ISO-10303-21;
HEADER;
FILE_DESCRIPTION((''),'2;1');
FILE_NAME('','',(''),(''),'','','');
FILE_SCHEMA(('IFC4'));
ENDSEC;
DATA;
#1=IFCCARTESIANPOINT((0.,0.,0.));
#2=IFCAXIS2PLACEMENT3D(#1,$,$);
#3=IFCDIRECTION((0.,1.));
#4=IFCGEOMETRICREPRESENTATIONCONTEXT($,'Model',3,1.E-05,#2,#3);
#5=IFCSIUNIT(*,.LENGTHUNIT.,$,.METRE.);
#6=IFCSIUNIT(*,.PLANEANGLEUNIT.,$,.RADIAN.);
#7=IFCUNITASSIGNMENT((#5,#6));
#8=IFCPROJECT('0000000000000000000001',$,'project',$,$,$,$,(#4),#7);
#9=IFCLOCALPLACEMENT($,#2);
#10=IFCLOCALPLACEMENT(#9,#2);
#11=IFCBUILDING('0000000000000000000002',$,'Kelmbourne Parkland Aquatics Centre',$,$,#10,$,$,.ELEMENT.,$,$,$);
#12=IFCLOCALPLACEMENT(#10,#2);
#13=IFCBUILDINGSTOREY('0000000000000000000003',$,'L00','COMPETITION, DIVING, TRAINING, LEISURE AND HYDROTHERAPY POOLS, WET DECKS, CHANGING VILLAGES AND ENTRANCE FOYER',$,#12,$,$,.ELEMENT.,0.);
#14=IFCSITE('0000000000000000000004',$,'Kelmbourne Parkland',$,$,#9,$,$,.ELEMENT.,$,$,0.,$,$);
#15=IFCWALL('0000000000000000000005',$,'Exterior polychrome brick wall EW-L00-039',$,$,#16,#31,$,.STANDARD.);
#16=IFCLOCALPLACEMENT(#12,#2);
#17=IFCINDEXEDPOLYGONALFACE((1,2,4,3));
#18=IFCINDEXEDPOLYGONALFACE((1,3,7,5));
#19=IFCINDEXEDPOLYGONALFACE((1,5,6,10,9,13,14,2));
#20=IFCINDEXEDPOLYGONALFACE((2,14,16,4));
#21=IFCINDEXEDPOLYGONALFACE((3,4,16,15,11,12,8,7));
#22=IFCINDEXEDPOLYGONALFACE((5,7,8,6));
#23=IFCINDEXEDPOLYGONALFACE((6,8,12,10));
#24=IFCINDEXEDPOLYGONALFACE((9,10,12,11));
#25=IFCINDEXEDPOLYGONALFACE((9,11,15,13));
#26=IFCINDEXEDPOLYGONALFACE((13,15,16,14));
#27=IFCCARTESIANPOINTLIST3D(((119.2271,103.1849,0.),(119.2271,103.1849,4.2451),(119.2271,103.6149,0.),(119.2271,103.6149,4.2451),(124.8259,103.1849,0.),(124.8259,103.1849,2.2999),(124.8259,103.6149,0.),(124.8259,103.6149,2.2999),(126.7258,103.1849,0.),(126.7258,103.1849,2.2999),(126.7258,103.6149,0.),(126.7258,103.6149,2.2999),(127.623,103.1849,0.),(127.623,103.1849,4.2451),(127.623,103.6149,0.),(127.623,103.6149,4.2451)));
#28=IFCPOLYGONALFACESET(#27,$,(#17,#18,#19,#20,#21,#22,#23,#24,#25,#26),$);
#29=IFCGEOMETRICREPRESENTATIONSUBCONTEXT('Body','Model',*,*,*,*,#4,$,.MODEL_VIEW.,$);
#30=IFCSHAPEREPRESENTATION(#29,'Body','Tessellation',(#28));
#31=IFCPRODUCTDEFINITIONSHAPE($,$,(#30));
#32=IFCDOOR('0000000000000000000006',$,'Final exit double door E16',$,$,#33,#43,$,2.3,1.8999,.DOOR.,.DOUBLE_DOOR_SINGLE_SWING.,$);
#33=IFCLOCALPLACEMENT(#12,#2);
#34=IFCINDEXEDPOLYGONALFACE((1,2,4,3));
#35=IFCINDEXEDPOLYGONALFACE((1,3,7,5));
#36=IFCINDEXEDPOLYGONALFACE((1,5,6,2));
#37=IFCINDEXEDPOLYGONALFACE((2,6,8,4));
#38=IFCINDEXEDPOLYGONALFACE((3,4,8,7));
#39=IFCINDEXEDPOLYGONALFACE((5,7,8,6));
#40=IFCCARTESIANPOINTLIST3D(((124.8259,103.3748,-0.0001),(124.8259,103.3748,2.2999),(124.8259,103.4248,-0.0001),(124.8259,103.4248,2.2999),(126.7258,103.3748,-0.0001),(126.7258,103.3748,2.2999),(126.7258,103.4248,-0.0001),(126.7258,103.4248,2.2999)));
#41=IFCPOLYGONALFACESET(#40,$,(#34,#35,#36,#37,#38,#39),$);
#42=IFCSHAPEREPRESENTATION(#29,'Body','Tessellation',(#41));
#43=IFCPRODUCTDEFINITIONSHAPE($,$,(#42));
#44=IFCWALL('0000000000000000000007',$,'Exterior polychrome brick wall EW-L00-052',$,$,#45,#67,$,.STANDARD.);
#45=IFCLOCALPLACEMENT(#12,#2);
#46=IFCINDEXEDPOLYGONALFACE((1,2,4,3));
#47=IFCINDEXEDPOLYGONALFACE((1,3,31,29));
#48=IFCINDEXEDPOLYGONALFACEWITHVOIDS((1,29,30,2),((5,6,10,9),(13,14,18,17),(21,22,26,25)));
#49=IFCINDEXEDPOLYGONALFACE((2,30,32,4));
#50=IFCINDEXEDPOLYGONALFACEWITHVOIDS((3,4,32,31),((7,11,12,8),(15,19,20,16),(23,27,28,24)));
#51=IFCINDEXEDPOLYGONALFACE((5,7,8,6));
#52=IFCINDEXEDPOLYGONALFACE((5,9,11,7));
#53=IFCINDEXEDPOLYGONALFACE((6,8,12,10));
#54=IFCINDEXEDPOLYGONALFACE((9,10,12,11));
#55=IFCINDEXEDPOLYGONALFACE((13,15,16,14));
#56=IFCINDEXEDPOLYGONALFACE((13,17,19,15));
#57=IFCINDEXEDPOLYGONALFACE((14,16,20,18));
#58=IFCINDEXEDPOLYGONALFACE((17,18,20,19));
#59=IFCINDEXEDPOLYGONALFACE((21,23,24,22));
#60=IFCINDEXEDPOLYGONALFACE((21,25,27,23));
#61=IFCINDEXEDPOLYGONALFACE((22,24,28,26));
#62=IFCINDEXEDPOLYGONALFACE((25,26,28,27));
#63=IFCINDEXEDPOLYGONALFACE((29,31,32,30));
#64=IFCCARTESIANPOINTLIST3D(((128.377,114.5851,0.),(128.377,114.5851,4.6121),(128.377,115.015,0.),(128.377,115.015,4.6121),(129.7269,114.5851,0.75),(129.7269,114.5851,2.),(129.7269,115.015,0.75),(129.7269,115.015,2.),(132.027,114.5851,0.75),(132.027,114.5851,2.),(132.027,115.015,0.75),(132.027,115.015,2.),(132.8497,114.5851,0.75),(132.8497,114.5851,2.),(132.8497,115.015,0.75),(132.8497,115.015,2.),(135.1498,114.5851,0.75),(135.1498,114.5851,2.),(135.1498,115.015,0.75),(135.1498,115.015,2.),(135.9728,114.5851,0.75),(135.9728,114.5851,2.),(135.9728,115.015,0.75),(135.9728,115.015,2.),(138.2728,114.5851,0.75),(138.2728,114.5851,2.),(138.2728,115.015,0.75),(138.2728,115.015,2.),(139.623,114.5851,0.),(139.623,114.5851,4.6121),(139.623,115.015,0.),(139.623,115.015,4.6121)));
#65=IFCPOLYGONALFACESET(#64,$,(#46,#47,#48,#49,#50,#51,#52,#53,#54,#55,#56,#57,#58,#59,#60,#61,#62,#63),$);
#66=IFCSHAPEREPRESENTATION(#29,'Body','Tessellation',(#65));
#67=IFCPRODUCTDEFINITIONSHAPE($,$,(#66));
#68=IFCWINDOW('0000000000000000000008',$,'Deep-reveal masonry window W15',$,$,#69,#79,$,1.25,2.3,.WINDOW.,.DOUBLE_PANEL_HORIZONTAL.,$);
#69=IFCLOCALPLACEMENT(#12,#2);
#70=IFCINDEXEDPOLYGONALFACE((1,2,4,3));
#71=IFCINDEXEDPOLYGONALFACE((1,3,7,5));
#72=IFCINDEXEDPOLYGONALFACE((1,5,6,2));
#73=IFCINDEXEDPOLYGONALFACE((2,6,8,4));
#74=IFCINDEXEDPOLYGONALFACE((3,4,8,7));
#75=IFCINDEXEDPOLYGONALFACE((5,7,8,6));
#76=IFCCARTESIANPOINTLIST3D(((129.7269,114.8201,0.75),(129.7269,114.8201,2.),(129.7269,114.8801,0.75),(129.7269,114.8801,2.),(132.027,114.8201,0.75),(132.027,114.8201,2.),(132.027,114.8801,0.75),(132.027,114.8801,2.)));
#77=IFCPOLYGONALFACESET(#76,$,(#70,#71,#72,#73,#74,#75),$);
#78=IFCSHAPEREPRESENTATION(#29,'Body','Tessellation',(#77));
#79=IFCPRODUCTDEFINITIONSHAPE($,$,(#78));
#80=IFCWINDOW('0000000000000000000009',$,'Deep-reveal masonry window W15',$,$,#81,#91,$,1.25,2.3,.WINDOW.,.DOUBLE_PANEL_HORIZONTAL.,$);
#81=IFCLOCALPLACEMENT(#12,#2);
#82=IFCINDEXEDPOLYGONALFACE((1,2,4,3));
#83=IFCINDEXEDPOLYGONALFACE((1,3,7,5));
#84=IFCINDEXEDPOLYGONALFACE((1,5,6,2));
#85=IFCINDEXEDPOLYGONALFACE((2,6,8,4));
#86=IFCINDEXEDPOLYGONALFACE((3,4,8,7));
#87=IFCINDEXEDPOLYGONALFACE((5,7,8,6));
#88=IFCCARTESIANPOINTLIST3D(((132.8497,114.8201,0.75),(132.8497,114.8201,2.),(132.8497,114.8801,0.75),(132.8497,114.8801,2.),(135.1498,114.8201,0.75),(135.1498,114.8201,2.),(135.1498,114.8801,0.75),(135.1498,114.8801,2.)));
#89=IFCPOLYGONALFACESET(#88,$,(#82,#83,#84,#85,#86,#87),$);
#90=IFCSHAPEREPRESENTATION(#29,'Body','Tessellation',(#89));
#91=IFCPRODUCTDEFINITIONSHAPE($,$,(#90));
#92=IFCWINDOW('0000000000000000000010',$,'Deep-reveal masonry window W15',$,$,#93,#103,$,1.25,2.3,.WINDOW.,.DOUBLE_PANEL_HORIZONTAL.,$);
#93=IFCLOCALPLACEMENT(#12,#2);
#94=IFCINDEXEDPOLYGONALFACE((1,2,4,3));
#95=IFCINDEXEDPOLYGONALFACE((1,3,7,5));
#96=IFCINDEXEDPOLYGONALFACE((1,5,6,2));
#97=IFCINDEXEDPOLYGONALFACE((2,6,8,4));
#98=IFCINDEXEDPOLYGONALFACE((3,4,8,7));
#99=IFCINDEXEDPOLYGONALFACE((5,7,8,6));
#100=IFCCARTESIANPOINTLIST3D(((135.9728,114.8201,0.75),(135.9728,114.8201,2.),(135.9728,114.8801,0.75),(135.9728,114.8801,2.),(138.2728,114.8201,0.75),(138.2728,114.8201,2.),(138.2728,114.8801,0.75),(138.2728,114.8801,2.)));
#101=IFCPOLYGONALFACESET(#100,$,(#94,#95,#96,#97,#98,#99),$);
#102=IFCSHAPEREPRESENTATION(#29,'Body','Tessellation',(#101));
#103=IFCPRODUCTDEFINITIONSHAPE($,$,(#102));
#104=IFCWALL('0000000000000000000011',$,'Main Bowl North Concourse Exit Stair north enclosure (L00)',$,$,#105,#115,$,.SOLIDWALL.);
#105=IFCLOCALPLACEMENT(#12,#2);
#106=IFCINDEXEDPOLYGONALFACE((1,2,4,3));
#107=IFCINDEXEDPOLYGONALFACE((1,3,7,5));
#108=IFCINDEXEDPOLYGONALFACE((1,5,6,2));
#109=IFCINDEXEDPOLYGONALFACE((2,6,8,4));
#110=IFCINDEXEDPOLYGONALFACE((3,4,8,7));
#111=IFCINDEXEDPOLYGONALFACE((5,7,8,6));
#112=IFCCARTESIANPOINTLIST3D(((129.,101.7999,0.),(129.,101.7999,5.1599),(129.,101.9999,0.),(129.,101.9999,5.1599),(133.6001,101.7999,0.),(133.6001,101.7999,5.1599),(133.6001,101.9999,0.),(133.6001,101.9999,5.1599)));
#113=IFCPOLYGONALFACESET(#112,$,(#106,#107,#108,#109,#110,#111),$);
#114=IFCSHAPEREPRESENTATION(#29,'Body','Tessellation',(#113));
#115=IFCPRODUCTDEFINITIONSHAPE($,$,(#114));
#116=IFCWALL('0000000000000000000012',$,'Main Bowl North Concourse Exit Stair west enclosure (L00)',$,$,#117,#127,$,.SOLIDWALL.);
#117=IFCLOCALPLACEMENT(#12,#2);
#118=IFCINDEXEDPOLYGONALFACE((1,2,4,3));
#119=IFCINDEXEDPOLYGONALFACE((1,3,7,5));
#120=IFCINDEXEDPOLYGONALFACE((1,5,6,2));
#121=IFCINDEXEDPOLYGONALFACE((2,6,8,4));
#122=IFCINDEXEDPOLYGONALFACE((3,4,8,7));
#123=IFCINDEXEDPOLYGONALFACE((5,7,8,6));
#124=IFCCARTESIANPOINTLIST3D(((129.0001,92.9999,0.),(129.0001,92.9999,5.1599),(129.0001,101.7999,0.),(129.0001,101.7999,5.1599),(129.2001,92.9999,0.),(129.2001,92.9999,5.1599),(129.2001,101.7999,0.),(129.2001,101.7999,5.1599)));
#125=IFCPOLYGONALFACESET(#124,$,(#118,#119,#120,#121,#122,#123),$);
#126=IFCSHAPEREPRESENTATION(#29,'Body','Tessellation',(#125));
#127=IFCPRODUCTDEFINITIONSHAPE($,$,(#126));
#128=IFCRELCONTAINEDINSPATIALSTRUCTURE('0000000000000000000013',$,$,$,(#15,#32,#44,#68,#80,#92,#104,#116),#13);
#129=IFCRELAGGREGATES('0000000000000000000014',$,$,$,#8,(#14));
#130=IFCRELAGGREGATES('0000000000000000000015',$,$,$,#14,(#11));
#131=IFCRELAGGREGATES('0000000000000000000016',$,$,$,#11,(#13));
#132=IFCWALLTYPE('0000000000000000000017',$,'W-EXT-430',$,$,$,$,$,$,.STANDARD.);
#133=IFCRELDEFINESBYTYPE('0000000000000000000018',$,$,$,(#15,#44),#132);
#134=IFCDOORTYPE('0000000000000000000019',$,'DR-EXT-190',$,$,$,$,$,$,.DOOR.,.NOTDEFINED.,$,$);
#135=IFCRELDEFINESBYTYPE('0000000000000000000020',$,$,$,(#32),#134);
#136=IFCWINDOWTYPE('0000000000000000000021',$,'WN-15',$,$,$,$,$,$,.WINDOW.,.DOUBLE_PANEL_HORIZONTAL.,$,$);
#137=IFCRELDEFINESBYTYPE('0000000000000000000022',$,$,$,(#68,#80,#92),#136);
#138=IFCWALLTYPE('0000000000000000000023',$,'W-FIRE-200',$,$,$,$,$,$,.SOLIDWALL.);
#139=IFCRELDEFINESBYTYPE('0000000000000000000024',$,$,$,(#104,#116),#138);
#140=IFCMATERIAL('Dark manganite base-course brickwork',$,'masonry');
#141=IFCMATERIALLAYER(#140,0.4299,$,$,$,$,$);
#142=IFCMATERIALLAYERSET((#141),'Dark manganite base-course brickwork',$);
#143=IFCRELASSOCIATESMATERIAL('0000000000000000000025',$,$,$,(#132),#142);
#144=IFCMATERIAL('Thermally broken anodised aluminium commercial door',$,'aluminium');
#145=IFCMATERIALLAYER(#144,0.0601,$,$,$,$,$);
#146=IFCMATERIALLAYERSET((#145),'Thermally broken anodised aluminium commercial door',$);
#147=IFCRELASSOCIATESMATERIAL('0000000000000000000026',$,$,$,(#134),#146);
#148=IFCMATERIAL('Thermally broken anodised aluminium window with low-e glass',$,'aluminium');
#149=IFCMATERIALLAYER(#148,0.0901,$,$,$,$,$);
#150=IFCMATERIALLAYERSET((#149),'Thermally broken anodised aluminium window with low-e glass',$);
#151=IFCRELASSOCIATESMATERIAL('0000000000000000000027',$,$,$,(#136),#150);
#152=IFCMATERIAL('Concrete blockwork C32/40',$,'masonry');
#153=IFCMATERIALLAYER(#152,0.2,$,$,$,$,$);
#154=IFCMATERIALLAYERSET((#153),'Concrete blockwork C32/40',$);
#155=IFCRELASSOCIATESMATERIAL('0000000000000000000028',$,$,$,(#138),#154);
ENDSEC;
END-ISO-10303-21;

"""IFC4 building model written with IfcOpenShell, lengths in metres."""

from ifc_helpers import new_model, si_unit, direction, frame, frame_2d, origin, place, context, subcontext, project, spatial, rectangle, extrude, material, layer, layer_set, type_object, element, fill, save


model = new_model("IFC4")

# Units and contexts
model_context = context("Model", 3, precision=1e-05, world=origin(), true_north=direction((0.0, 1.0)))
body_context = subcontext(model_context, "Body", "Model", "MODEL_VIEW")
ifc_project = project(units=[si_unit("LENGTHUNIT", "METRE"), si_unit("PLANEANGLEUNIT", "RADIAN")], contexts=[model_context])

# Site, building, storey
site_placement = place(None, origin())
site = spatial("IfcSite", under=ifc_project, at=site_placement, Name="Kelmbourne Parkland", CompositionType="ELEMENT", RefElevation=0.0)
building_placement = place(site_placement, origin())
building = spatial("IfcBuilding", under=site, at=building_placement, Name="Kelmbourne Parkland Aquatics Centre", CompositionType="ELEMENT")
storey_placement = place(building_placement, origin())
storey = spatial("IfcBuildingStorey", under=building, at=storey_placement, Name="L00", Description="COMPETITION, DIVING, TRAINING, LEISURE AND HYDROTHERAPY POOLS, WET DECKS, CHANGING VILLAGES AND ENTRANCE FOYER", CompositionType="ELEMENT", Elevation=0.0)

# Wall, opening, door
ifc_material_1 = material(Name="Dark manganite base-course brickwork", Category="masonry")
ifc_layer_1 = layer(ifc_material_1, 0.4299)
ifc_layer_set_1 = layer_set([ifc_layer_1], Name="Dark manganite base-course brickwork")
wall_type_1 = type_object("IfcWallType", Name="W-EXT-430", PredefinedType="STANDARD", material=ifc_layer_set_1)
wall_1_placement = place(storey_placement, frame((119.2271, 103.3999, 0.0), z_axis=(0.0, 0.0, 1.0), x_axis=(1.0, 0.0, 0.0)))
wall_1 = element("IfcWall", 1, at=wall_1_placement, inside=storey, type_object=wall_type_1, Name="Exterior polychrome brick wall EW-L00-039", PredefinedType="STANDARD", context=body_context, shape_type="SweptSolid", body=[
    extrude(rectangle(XDim=8.396, YDim=0.4299, at=frame_2d((4.198, 0.0))), origin(), (0.0, 0.0, 1.0), 4.2451),
])
opening_1_placement = place(wall_1_placement, frame((5.5989, 0.0, 0.0)))
opening_1 = element("IfcOpeningElement", 2, at=opening_1_placement, cuts=wall_1, PredefinedType="OPENING", context=body_context, shape_type="SweptSolid", body=[
    extrude(rectangle(XDim=1.8999, YDim=2.3, at=frame_2d((0.95, 1.1499))), frame((0.0, 0.2271, 0.0), z_axis=(0.0, -1.0, 0.0), x_axis=(1.0, 0.0, 0.0)), (0.0, 0.0, 1.0), 0.4539),
])
ifc_material_2 = material(Name="Thermally broken anodised aluminium commercial door", Category="aluminium")
ifc_layer_2 = layer(ifc_material_2, 0.0601)
ifc_layer_set_2 = layer_set([ifc_layer_2], Name="Thermally broken anodised aluminium commercial door")
door_type_1 = type_object("IfcDoorType", Name="DR-EXT-190", OperationType="NOTDEFINED", PredefinedType="DOOR", material=ifc_layer_set_2)
door_1_placement = place(opening_1_placement, origin())
door_1 = element("IfcDoor", 3, at=door_1_placement, inside=storey, type_object=door_type_1, Name="Final exit double door E16", OperationType="DOUBLE_DOOR_SINGLE_SWING", OverallHeight=2.3, OverallWidth=1.8999, PredefinedType="DOOR", context=body_context, shape_type="SweptSolid", body=[
    extrude(rectangle(XDim=1.8999, YDim=2.3, at=frame_2d((0.95, 1.1499))), frame((0.0, 0.0249, 0.0), z_axis=(0.0, -1.0, 0.0), x_axis=(1.0, 0.0, 0.0)), (0.0, 0.0, 1.0), 0.05),
])
fill(opening_1, door_1)

# Wall, openings, windows
wall_2_placement = place(storey_placement, frame((128.377, 114.8, 0.0), z_axis=(0.0, 0.0, 1.0), x_axis=(1.0, 0.0, 0.0)))
wall_2 = element("IfcWall", 4, at=wall_2_placement, inside=storey, type_object=wall_type_1, Name="Exterior polychrome brick wall EW-L00-052", PredefinedType="STANDARD", context=body_context, shape_type="SweptSolid", body=[
    extrude(rectangle(XDim=11.2461, YDim=0.4299, at=frame_2d((5.623, 0.0))), origin(), (0.0, 0.0, 1.0), 4.6121),
])
opening_2_placement = place(wall_2_placement, frame((1.3501, 0.0, 0.75)))
opening_2 = element("IfcOpeningElement", 5, at=opening_2_placement, cuts=wall_2, PredefinedType="OPENING", context=body_context, shape_type="SweptSolid", body=[
    extrude(rectangle(XDim=2.3, YDim=1.25, at=frame_2d((1.1499, 0.625))), frame((0.0, 0.2271, 0.0), z_axis=(0.0, -1.0, 0.0), x_axis=(1.0, 0.0, 0.0)), (0.0, 0.0, 1.0), 0.4539),
])
opening_3_placement = place(wall_2_placement, frame((4.4729, 0.0, 0.75)))
opening_3 = element("IfcOpeningElement", 6, at=opening_3_placement, cuts=wall_2, PredefinedType="OPENING", context=body_context, shape_type="SweptSolid", body=[
    extrude(rectangle(XDim=2.3, YDim=1.25, at=frame_2d((1.1499, 0.625))), frame((0.0, 0.2271, 0.0), z_axis=(0.0, -1.0, 0.0), x_axis=(1.0, 0.0, 0.0)), (0.0, 0.0, 1.0), 0.4539),
])
opening_4_placement = place(wall_2_placement, frame((7.5959, 0.0, 0.75)))
opening_4 = element("IfcOpeningElement", 7, at=opening_4_placement, cuts=wall_2, PredefinedType="OPENING", context=body_context, shape_type="SweptSolid", body=[
    extrude(rectangle(XDim=2.3, YDim=1.25, at=frame_2d((1.1499, 0.625))), frame((0.0, 0.2271, 0.0), z_axis=(0.0, -1.0, 0.0), x_axis=(1.0, 0.0, 0.0)), (0.0, 0.0, 1.0), 0.4539),
])
ifc_material_3 = material(Name="Thermally broken anodised aluminium window with low-e glass", Category="aluminium")
ifc_layer_3 = layer(ifc_material_3, 0.0901)
ifc_layer_set_3 = layer_set([ifc_layer_3], Name="Thermally broken anodised aluminium window with low-e glass")
window_type = type_object("IfcWindowType", Name="WN-15", PartitioningType="DOUBLE_PANEL_HORIZONTAL", PredefinedType="WINDOW", material=ifc_layer_set_3)
window_1_placement = place(opening_2_placement, origin())
window_1 = element("IfcWindow", 8, at=window_1_placement, inside=storey, type_object=window_type, Name="Deep-reveal masonry window W15", OverallHeight=1.25, OverallWidth=2.3, PartitioningType="DOUBLE_PANEL_HORIZONTAL", PredefinedType="WINDOW", context=body_context, shape_type="SweptSolid", body=[
    extrude(rectangle(XDim=2.3, YDim=1.25, at=frame_2d((1.1499, 0.625))), frame((0.0, 0.0801, 0.0), z_axis=(0.0, -1.0, 0.0), x_axis=(1.0, 0.0, 0.0)), (0.0, 0.0, 1.0), 0.0601),
])
fill(opening_2, window_1)
window_2_placement = place(opening_3_placement, origin())
window_2 = element("IfcWindow", 9, at=window_2_placement, inside=storey, type_object=window_type, Name="Deep-reveal masonry window W15", OverallHeight=1.25, OverallWidth=2.3, PartitioningType="DOUBLE_PANEL_HORIZONTAL", PredefinedType="WINDOW", context=body_context, shape_type="SweptSolid", body=[
    extrude(rectangle(XDim=2.3, YDim=1.25, at=frame_2d((1.1499, 0.625))), frame((0.0, 0.0801, 0.0), z_axis=(0.0, -1.0, 0.0), x_axis=(1.0, 0.0, 0.0)), (0.0, 0.0, 1.0), 0.0601),
])
fill(opening_3, window_2)
window_3_placement = place(opening_4_placement, origin())
window_3 = element("IfcWindow", 10, at=window_3_placement, inside=storey, type_object=window_type, Name="Deep-reveal masonry window W15", OverallHeight=1.25, OverallWidth=2.3, PartitioningType="DOUBLE_PANEL_HORIZONTAL", PredefinedType="WINDOW", context=body_context, shape_type="SweptSolid", body=[
    extrude(rectangle(XDim=2.3, YDim=1.25, at=frame_2d((1.1499, 0.625))), frame((0.0, 0.0801, 0.0), z_axis=(0.0, -1.0, 0.0), x_axis=(1.0, 0.0, 0.0)), (0.0, 0.0, 1.0), 0.0601),
])
fill(opening_4, window_3)

# Walls
ifc_material_4 = material(Name="Concrete blockwork C32/40", Category="masonry")
ifc_layer_4 = layer(ifc_material_4, 0.2)
ifc_layer_set_4 = layer_set([ifc_layer_4], Name="Concrete blockwork C32/40")
wall_type_2 = type_object("IfcWallType", Name="W-FIRE-200", PredefinedType="SOLIDWALL", material=ifc_layer_set_4)
wall_3_placement = place(storey_placement, frame((129.0, 101.8999, 0.0), z_axis=(0.0, 0.0, 1.0), x_axis=(1.0, 0.0, 0.0)))
element("IfcWall", 11, at=wall_3_placement, inside=storey, type_object=wall_type_2, Name="Main Bowl North Concourse Exit Stair north enclosure (L00)", PredefinedType="SOLIDWALL", context=body_context, shape_type="SweptSolid", body=[
    extrude(rectangle(XDim=4.6001, YDim=0.2, at=frame_2d((2.3, 0.0))), origin(), (0.0, 0.0, 1.0), 5.1599),
])
wall_4_placement = place(storey_placement, frame((129.1001, 93.0, 0.0), z_axis=(0.0, 0.0, 1.0), x_axis=(0.0, 1.0, 0.0)))
element("IfcWall", 12, at=wall_4_placement, inside=storey, type_object=wall_type_2, Name="Main Bowl North Concourse Exit Stair west enclosure (L00)", PredefinedType="SOLIDWALL", context=body_context, shape_type="SweptSolid", body=[
    extrude(rectangle(XDim=8.8, YDim=0.2, at=frame_2d((4.3999, 0.0))), origin(), (0.0, 0.0, 1.0), 5.1599),
])

save(model, "model.ifc")
